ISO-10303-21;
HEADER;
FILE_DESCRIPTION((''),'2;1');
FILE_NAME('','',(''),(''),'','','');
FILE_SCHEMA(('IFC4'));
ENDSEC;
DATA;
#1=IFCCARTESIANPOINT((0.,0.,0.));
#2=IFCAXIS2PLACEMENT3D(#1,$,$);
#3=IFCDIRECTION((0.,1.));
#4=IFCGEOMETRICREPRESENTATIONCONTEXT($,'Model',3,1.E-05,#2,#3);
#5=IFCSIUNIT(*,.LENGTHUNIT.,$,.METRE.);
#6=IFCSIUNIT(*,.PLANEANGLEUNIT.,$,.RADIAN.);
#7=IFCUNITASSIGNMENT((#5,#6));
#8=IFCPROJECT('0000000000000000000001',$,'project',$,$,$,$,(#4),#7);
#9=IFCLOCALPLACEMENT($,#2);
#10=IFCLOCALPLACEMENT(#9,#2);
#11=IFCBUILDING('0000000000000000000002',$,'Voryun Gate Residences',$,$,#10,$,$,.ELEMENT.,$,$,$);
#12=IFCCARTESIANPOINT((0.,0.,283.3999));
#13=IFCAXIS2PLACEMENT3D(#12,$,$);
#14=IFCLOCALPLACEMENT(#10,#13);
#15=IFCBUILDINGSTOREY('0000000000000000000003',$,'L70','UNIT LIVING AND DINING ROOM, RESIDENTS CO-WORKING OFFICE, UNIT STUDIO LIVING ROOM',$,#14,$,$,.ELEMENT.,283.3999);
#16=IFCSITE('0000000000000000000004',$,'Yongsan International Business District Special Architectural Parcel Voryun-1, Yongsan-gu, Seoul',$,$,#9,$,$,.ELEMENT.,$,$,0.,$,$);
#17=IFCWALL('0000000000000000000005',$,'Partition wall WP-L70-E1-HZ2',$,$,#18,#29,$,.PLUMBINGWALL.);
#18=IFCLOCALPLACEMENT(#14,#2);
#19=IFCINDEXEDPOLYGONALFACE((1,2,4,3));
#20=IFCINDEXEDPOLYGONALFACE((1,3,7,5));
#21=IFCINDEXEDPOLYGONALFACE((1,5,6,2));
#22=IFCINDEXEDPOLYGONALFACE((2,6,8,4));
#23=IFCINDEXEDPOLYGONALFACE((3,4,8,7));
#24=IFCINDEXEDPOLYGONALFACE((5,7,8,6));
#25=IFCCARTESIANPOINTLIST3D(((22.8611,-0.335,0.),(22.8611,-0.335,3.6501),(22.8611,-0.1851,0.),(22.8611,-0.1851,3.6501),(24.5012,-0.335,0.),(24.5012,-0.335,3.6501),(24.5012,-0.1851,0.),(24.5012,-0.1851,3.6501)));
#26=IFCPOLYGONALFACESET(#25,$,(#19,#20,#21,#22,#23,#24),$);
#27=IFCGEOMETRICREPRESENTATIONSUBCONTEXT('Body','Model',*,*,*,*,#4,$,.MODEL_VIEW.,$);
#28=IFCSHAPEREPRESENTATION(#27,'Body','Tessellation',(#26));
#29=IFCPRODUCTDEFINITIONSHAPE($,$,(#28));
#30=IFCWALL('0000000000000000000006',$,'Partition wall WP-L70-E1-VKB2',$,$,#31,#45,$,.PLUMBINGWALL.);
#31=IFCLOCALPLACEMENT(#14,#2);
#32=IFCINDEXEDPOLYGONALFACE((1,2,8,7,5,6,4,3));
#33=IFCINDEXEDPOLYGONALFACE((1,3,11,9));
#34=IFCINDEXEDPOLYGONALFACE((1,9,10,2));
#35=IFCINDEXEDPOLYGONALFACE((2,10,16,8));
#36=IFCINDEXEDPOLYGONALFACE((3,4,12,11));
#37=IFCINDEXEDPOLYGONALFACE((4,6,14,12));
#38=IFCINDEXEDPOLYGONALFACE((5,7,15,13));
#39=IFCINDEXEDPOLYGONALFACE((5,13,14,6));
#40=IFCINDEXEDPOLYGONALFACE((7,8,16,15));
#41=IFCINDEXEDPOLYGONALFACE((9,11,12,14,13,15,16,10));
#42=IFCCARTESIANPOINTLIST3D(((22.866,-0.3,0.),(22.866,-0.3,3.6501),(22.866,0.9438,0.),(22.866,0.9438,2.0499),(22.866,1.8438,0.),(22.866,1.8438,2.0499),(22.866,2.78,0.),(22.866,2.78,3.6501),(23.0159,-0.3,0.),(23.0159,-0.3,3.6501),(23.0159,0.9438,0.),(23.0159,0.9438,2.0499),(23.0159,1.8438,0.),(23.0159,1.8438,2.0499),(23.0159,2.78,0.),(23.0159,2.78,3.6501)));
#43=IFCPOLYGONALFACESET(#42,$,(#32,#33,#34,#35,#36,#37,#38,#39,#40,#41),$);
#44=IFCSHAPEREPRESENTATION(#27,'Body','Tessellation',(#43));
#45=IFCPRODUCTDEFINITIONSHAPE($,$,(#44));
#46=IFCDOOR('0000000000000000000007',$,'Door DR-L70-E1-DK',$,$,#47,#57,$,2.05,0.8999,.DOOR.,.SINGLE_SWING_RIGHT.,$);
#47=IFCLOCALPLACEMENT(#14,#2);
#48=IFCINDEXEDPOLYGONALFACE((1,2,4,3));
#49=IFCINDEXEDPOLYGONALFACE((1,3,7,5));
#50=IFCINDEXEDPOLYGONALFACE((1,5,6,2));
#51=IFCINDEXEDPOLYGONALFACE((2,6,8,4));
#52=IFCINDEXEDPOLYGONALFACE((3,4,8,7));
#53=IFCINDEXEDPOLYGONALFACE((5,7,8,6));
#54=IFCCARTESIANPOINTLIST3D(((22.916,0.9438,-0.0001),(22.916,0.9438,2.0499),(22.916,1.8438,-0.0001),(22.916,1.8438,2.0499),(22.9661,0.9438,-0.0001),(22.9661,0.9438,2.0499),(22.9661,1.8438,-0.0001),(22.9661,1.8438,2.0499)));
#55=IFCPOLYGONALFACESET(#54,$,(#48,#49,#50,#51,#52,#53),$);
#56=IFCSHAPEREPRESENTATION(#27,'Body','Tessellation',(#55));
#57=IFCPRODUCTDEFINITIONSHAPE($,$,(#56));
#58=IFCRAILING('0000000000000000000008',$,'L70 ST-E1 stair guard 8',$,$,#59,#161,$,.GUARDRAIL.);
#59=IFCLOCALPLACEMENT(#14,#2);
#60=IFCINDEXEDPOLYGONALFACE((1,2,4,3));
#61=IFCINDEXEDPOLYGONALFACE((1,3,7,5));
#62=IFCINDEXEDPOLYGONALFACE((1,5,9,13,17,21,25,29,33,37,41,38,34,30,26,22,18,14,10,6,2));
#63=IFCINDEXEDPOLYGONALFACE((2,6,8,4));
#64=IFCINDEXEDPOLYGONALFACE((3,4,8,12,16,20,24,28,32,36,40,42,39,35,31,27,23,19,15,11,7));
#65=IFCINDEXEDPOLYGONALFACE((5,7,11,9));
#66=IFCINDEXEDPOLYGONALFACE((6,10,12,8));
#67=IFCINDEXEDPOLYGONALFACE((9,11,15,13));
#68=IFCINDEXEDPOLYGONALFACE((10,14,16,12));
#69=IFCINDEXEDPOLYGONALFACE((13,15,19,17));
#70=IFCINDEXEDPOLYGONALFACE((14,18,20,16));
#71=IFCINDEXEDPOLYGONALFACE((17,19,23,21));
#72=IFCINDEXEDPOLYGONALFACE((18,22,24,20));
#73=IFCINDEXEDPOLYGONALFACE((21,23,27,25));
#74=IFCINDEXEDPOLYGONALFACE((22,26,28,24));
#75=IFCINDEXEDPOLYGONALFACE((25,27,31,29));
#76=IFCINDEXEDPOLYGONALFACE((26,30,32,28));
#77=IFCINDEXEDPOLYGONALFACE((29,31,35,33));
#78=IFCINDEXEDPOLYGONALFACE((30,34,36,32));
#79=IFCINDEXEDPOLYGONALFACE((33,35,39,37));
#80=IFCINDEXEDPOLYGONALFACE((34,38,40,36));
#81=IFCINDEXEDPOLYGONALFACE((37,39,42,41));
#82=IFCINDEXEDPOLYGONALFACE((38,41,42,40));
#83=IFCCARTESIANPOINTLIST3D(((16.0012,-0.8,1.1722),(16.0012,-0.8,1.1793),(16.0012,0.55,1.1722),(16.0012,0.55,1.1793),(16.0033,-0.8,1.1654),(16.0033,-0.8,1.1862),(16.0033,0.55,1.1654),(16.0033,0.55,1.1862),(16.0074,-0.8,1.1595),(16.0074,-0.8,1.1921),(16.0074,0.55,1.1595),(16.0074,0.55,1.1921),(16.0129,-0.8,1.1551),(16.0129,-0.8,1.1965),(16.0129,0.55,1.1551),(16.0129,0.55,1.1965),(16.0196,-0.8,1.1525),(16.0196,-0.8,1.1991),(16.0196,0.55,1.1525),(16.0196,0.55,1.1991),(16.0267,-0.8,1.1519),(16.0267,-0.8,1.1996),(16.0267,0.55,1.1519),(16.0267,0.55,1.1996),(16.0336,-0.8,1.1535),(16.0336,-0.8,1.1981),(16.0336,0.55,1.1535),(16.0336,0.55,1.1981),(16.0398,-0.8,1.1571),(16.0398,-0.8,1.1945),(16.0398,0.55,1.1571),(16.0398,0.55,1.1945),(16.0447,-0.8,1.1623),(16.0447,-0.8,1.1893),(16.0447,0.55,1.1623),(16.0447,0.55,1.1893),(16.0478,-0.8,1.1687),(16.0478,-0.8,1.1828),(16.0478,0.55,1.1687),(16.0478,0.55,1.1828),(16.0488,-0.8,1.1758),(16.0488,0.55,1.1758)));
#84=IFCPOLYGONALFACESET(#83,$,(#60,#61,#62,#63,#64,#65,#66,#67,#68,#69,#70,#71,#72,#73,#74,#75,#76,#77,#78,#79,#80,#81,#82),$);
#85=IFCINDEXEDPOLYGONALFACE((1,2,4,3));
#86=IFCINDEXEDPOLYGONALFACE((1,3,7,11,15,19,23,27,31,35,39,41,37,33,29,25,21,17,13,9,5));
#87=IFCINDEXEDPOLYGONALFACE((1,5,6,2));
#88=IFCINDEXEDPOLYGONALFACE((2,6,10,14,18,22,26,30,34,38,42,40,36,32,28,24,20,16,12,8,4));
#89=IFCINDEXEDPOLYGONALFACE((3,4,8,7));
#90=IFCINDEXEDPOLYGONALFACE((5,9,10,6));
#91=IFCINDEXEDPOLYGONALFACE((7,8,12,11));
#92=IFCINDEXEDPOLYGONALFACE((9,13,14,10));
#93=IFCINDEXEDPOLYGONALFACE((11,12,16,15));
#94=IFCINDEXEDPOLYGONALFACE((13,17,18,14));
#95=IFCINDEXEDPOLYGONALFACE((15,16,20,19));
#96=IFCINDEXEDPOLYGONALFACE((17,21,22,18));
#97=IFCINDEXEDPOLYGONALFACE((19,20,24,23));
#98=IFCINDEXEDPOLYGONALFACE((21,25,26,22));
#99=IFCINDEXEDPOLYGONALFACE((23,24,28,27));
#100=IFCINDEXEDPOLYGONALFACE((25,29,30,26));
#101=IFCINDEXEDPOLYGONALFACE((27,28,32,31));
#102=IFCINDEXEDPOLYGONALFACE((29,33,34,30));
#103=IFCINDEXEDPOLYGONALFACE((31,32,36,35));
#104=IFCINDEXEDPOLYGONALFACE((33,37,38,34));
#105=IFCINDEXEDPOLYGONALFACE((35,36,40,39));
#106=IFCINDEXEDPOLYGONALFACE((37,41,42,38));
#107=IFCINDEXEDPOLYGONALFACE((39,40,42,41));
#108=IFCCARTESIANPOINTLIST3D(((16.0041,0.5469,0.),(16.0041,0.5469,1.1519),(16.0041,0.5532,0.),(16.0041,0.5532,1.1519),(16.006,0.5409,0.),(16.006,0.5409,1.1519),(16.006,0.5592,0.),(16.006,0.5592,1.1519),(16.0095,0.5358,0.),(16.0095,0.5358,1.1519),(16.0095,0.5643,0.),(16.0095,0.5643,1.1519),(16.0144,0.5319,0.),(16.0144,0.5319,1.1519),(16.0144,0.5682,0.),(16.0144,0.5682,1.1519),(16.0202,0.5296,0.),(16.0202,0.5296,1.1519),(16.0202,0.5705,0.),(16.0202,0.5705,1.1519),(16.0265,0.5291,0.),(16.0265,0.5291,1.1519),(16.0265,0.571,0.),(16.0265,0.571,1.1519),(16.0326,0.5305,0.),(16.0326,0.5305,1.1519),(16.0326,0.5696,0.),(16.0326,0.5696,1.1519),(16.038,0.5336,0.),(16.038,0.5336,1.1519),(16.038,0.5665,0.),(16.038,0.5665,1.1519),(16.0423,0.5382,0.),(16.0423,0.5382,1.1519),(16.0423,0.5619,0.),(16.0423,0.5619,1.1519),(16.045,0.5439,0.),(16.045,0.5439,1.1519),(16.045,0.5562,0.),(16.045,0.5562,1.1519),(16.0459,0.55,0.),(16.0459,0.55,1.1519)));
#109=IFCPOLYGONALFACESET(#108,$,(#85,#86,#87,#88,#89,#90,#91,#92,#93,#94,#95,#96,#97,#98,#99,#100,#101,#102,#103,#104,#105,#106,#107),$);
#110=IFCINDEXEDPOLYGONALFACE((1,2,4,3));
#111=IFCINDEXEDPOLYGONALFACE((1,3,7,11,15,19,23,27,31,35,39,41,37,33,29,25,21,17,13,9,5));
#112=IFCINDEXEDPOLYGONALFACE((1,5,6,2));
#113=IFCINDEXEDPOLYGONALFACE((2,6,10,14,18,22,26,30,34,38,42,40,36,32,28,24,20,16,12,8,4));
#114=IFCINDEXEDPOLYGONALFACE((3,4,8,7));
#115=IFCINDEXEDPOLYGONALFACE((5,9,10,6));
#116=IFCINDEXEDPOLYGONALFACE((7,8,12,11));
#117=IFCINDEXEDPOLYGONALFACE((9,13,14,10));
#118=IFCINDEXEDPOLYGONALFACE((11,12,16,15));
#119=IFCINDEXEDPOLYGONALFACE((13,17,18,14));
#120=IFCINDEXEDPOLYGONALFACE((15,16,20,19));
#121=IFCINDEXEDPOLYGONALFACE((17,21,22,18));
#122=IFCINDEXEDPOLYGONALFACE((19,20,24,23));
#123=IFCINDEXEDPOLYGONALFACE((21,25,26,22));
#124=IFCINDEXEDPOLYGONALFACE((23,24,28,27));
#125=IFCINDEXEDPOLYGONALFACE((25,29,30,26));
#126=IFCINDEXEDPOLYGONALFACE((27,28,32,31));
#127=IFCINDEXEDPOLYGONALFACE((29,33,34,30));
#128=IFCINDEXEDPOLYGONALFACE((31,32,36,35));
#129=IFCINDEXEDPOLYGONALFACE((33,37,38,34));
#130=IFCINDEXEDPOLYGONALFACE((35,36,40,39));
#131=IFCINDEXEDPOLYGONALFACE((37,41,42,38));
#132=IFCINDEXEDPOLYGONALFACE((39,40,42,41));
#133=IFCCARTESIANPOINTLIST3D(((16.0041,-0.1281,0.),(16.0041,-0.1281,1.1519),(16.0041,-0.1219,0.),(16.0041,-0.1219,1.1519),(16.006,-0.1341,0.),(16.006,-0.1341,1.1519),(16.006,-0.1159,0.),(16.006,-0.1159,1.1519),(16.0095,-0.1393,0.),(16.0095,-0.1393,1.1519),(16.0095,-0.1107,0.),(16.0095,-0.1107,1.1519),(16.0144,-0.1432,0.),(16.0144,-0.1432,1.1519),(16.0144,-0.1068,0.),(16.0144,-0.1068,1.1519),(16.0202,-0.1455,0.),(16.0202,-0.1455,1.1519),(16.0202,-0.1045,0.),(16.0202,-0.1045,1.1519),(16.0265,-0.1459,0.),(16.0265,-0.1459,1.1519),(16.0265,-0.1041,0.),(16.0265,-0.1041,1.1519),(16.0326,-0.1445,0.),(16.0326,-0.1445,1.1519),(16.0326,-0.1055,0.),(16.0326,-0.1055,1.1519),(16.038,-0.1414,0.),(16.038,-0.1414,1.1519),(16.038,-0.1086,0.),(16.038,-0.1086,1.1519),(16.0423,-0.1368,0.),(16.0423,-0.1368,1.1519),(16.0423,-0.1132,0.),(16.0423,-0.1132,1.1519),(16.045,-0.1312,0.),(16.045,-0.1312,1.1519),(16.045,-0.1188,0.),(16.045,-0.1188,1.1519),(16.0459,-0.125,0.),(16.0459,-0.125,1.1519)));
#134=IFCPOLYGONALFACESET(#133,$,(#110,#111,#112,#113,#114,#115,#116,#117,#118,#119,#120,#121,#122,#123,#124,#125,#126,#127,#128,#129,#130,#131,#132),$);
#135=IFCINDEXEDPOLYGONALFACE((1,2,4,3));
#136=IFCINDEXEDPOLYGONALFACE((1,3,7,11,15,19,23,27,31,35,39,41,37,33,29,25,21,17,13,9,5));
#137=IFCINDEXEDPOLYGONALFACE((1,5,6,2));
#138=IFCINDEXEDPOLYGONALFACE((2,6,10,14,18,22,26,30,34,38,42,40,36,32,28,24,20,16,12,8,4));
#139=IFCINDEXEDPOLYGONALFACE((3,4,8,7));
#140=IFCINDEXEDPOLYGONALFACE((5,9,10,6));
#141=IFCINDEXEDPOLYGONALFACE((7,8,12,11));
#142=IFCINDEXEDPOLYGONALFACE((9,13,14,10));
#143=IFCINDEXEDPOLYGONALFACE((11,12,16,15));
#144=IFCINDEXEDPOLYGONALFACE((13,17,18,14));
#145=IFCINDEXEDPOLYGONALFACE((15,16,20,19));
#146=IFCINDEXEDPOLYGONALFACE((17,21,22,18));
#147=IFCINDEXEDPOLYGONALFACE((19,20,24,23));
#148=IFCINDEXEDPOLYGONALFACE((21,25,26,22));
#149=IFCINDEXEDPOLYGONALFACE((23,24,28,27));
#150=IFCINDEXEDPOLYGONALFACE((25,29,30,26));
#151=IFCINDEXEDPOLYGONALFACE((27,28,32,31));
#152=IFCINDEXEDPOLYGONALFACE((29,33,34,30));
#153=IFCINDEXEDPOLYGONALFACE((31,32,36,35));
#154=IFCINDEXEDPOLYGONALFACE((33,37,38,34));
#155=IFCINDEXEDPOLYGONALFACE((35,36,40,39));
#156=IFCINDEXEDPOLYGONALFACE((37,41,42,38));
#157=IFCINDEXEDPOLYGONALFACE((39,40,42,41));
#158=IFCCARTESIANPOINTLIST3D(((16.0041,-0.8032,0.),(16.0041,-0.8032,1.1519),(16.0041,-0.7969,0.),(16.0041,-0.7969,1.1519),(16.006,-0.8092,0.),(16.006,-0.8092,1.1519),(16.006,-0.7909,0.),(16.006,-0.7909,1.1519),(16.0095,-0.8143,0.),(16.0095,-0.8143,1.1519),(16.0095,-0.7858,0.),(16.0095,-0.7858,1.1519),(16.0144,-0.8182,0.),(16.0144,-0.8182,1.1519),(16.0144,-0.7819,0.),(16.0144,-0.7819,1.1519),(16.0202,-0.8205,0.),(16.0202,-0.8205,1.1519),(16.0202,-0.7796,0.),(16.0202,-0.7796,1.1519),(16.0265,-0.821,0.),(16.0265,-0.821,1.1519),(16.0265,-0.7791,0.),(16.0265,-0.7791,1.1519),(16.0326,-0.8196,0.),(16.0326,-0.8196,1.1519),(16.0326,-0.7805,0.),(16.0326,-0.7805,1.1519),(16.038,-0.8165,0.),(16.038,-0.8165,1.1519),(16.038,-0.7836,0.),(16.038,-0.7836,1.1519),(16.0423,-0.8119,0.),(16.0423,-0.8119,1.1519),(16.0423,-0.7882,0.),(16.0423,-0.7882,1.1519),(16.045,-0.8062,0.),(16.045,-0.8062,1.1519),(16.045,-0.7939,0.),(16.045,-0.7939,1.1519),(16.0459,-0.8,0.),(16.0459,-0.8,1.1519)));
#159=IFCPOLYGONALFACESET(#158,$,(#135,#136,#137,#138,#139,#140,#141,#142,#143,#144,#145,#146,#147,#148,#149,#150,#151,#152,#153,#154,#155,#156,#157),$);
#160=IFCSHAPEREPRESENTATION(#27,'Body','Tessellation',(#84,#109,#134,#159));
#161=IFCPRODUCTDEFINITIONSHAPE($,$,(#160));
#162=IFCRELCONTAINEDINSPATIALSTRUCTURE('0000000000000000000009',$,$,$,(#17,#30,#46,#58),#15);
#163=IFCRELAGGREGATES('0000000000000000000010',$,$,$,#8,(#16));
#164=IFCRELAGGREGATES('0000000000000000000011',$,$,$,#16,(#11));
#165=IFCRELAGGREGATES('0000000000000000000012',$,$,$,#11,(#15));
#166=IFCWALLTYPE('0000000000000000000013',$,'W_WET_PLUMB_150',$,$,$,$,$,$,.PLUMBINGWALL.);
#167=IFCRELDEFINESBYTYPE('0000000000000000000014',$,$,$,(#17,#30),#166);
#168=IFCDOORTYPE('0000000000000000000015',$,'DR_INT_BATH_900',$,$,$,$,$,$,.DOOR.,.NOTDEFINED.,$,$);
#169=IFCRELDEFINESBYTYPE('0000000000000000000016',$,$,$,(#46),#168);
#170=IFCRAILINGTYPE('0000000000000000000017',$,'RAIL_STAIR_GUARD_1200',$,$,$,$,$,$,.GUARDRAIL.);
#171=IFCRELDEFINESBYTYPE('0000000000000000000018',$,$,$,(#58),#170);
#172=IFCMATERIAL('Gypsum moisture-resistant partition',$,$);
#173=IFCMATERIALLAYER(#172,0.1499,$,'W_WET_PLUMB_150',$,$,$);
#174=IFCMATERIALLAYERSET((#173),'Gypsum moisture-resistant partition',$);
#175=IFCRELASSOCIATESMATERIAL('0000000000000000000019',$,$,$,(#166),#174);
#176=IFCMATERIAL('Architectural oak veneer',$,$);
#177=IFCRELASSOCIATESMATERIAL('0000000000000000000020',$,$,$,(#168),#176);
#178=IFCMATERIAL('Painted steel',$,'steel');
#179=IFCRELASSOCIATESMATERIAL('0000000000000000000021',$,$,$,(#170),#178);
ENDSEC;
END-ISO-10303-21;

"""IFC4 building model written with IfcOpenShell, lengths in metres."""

from ifc_helpers import new_model, si_unit, direction, frame, frame_2d, origin, origin_2d, place, context, subcontext, project, spatial, rectangle, circle, extrude, material, layer, layer_set, type_object, element, fill, save


model = new_model("IFC4")

# Units and contexts
model_context = context("Model", 3, precision=1e-05, world=origin(), true_north=direction((0.0, 1.0)))
body_context = subcontext(model_context, "Body", "Model", "MODEL_VIEW")
ifc_project = project(units=[si_unit("LENGTHUNIT", "METRE"), si_unit("PLANEANGLEUNIT", "RADIAN")], contexts=[model_context])

# Site, building, storey
site_placement = place(None, origin())
site = spatial("IfcSite", under=ifc_project, at=site_placement, Name="Yongsan International Business District Special Architectural Parcel Voryun-1, Yongsan-gu, Seoul", CompositionType="ELEMENT", RefElevation=0.0)
building_placement = place(site_placement, origin())
building = spatial("IfcBuilding", under=site, at=building_placement, Name="Voryun Gate Residences", CompositionType="ELEMENT")
storey_placement = place(building_placement, frame((0.0, 0.0, 283.3999)))
storey = spatial("IfcBuildingStorey", under=building, at=storey_placement, Name="L70", Description="UNIT LIVING AND DINING ROOM, RESIDENTS CO-WORKING OFFICE, UNIT STUDIO LIVING ROOM", CompositionType="ELEMENT", Elevation=283.3999)

# Wall
ifc_material_1 = material(Name="Gypsum moisture-resistant partition")
ifc_layer_1 = layer(ifc_material_1, 0.1499, Name="W_WET_PLUMB_150")
ifc_layer_set_1 = layer_set([ifc_layer_1], Name="Gypsum moisture-resistant partition")
wall_type_1 = type_object("IfcWallType", Name="W_WET_PLUMB_150", PredefinedType="PLUMBINGWALL", material=ifc_layer_set_1)
wall_1_placement = place(storey_placement, frame((22.8611, -0.26, 0.0), z_axis=(0.0, 0.0, 1.0), x_axis=(1.0, 0.0, 0.0)))
element("IfcWall", 1, at=wall_1_placement, inside=storey, type_object=wall_type_1, Name="Partition wall WP-L70-E1-HZ2", PredefinedType="PLUMBINGWALL", context=body_context, shape_type="SweptSolid", body=[
    extrude(rectangle(XDim=1.6401, YDim=0.1499, at=frame_2d((0.8201, 0.0))), origin(), (0.0, 0.0, 1.0), 3.6501),
])

# Wall, opening, door
wall_2_placement = place(storey_placement, frame((22.9409, -0.3, 0.0), z_axis=(0.0, 0.0, 1.0), x_axis=(0.0, 1.0, 0.0)))
wall_2 = element("IfcWall", 2, at=wall_2_placement, inside=storey, type_object=wall_type_1, Name="Partition wall WP-L70-E1-VKB2", PredefinedType="PLUMBINGWALL", context=body_context, shape_type="SweptSolid", body=[
    extrude(rectangle(XDim=3.0801, YDim=0.1499, at=frame_2d((1.54, 0.0))), origin(), (0.0, 0.0, 1.0), 3.6501),
])
opening_1_placement = place(wall_2_placement, frame((1.2439, 0.0, 0.0)))
opening_1 = element("IfcOpeningElement", 3, at=opening_1_placement, cuts=wall_2, PredefinedType="OPENING", context=body_context, shape_type="SweptSolid", body=[
    extrude(rectangle(XDim=0.8999, YDim=2.05, at=frame_2d((0.45, 1.0249))), frame((0.0, 0.085, 0.0), z_axis=(0.0, -1.0, 0.0), x_axis=(1.0, 0.0, 0.0)), (0.0, 0.0, 1.0), 0.1699),
])
ifc_material_2 = material(Name="Architectural oak veneer")
door_type_1 = type_object("IfcDoorType", Name="DR_INT_BATH_900", OperationType="NOTDEFINED", PredefinedType="DOOR", material=ifc_material_2)
door_1_placement = place(opening_1_placement, origin())
door_1 = element("IfcDoor", 4, at=door_1_placement, inside=storey, type_object=door_type_1, Name="Door DR-L70-E1-DK", OperationType="SINGLE_SWING_RIGHT", OverallHeight=2.05, OverallWidth=0.8999, PredefinedType="DOOR", context=body_context, shape_type="SweptSolid", body=[
    extrude(rectangle(XDim=0.8999, YDim=2.05, at=frame_2d((0.45, 1.0249))), frame((0.0, 0.0249, 0.0), z_axis=(0.0, -1.0, 0.0), x_axis=(1.0, 0.0, 0.0)), (0.0, 0.0, 1.0), 0.05),
])
fill(opening_1, door_1)

# Railing
ifc_material_3 = material(Name="Painted steel", Category="steel")
railing_type = type_object("IfcRailingType", Name="RAIL_STAIR_GUARD_1200", PredefinedType="GUARDRAIL", material=ifc_material_3)
for number, where, name in (
    (5, (16.0249, 0.55, 0.0), "L70 ST-E1 stair guard 8"),
):
    element("IfcRailing", number, at=place(storey_placement, frame(where)), inside=storey, type_object=railing_type, Name=name, PredefinedType="GUARDRAIL", context=body_context, shape_type="SweptSolid", body=[
        extrude(circle(Radius=0.0239, at=origin_2d()), frame((0.0, 0.0, 1.1758), z_axis=(0.0, -1.0, 0.0), x_axis=(1.0, 0.0, 0.0)), (0.0, 0.0, 1.0), 1.3501),
        extrude(circle(Radius=0.021, at=origin_2d()), origin(), (0.0, 0.0, 1.0), 1.1519),
        extrude(circle(Radius=0.021, at=origin_2d()), frame((0.0, -0.675, 0.0)), (0.0, 0.0, 1.0), 1.1519),
        extrude(circle(Radius=0.021, at=origin_2d()), frame((0.0, -1.3501, 0.0)), (0.0, 0.0, 1.0), 1.1519),
    ])

save(model, "model.ifc")
